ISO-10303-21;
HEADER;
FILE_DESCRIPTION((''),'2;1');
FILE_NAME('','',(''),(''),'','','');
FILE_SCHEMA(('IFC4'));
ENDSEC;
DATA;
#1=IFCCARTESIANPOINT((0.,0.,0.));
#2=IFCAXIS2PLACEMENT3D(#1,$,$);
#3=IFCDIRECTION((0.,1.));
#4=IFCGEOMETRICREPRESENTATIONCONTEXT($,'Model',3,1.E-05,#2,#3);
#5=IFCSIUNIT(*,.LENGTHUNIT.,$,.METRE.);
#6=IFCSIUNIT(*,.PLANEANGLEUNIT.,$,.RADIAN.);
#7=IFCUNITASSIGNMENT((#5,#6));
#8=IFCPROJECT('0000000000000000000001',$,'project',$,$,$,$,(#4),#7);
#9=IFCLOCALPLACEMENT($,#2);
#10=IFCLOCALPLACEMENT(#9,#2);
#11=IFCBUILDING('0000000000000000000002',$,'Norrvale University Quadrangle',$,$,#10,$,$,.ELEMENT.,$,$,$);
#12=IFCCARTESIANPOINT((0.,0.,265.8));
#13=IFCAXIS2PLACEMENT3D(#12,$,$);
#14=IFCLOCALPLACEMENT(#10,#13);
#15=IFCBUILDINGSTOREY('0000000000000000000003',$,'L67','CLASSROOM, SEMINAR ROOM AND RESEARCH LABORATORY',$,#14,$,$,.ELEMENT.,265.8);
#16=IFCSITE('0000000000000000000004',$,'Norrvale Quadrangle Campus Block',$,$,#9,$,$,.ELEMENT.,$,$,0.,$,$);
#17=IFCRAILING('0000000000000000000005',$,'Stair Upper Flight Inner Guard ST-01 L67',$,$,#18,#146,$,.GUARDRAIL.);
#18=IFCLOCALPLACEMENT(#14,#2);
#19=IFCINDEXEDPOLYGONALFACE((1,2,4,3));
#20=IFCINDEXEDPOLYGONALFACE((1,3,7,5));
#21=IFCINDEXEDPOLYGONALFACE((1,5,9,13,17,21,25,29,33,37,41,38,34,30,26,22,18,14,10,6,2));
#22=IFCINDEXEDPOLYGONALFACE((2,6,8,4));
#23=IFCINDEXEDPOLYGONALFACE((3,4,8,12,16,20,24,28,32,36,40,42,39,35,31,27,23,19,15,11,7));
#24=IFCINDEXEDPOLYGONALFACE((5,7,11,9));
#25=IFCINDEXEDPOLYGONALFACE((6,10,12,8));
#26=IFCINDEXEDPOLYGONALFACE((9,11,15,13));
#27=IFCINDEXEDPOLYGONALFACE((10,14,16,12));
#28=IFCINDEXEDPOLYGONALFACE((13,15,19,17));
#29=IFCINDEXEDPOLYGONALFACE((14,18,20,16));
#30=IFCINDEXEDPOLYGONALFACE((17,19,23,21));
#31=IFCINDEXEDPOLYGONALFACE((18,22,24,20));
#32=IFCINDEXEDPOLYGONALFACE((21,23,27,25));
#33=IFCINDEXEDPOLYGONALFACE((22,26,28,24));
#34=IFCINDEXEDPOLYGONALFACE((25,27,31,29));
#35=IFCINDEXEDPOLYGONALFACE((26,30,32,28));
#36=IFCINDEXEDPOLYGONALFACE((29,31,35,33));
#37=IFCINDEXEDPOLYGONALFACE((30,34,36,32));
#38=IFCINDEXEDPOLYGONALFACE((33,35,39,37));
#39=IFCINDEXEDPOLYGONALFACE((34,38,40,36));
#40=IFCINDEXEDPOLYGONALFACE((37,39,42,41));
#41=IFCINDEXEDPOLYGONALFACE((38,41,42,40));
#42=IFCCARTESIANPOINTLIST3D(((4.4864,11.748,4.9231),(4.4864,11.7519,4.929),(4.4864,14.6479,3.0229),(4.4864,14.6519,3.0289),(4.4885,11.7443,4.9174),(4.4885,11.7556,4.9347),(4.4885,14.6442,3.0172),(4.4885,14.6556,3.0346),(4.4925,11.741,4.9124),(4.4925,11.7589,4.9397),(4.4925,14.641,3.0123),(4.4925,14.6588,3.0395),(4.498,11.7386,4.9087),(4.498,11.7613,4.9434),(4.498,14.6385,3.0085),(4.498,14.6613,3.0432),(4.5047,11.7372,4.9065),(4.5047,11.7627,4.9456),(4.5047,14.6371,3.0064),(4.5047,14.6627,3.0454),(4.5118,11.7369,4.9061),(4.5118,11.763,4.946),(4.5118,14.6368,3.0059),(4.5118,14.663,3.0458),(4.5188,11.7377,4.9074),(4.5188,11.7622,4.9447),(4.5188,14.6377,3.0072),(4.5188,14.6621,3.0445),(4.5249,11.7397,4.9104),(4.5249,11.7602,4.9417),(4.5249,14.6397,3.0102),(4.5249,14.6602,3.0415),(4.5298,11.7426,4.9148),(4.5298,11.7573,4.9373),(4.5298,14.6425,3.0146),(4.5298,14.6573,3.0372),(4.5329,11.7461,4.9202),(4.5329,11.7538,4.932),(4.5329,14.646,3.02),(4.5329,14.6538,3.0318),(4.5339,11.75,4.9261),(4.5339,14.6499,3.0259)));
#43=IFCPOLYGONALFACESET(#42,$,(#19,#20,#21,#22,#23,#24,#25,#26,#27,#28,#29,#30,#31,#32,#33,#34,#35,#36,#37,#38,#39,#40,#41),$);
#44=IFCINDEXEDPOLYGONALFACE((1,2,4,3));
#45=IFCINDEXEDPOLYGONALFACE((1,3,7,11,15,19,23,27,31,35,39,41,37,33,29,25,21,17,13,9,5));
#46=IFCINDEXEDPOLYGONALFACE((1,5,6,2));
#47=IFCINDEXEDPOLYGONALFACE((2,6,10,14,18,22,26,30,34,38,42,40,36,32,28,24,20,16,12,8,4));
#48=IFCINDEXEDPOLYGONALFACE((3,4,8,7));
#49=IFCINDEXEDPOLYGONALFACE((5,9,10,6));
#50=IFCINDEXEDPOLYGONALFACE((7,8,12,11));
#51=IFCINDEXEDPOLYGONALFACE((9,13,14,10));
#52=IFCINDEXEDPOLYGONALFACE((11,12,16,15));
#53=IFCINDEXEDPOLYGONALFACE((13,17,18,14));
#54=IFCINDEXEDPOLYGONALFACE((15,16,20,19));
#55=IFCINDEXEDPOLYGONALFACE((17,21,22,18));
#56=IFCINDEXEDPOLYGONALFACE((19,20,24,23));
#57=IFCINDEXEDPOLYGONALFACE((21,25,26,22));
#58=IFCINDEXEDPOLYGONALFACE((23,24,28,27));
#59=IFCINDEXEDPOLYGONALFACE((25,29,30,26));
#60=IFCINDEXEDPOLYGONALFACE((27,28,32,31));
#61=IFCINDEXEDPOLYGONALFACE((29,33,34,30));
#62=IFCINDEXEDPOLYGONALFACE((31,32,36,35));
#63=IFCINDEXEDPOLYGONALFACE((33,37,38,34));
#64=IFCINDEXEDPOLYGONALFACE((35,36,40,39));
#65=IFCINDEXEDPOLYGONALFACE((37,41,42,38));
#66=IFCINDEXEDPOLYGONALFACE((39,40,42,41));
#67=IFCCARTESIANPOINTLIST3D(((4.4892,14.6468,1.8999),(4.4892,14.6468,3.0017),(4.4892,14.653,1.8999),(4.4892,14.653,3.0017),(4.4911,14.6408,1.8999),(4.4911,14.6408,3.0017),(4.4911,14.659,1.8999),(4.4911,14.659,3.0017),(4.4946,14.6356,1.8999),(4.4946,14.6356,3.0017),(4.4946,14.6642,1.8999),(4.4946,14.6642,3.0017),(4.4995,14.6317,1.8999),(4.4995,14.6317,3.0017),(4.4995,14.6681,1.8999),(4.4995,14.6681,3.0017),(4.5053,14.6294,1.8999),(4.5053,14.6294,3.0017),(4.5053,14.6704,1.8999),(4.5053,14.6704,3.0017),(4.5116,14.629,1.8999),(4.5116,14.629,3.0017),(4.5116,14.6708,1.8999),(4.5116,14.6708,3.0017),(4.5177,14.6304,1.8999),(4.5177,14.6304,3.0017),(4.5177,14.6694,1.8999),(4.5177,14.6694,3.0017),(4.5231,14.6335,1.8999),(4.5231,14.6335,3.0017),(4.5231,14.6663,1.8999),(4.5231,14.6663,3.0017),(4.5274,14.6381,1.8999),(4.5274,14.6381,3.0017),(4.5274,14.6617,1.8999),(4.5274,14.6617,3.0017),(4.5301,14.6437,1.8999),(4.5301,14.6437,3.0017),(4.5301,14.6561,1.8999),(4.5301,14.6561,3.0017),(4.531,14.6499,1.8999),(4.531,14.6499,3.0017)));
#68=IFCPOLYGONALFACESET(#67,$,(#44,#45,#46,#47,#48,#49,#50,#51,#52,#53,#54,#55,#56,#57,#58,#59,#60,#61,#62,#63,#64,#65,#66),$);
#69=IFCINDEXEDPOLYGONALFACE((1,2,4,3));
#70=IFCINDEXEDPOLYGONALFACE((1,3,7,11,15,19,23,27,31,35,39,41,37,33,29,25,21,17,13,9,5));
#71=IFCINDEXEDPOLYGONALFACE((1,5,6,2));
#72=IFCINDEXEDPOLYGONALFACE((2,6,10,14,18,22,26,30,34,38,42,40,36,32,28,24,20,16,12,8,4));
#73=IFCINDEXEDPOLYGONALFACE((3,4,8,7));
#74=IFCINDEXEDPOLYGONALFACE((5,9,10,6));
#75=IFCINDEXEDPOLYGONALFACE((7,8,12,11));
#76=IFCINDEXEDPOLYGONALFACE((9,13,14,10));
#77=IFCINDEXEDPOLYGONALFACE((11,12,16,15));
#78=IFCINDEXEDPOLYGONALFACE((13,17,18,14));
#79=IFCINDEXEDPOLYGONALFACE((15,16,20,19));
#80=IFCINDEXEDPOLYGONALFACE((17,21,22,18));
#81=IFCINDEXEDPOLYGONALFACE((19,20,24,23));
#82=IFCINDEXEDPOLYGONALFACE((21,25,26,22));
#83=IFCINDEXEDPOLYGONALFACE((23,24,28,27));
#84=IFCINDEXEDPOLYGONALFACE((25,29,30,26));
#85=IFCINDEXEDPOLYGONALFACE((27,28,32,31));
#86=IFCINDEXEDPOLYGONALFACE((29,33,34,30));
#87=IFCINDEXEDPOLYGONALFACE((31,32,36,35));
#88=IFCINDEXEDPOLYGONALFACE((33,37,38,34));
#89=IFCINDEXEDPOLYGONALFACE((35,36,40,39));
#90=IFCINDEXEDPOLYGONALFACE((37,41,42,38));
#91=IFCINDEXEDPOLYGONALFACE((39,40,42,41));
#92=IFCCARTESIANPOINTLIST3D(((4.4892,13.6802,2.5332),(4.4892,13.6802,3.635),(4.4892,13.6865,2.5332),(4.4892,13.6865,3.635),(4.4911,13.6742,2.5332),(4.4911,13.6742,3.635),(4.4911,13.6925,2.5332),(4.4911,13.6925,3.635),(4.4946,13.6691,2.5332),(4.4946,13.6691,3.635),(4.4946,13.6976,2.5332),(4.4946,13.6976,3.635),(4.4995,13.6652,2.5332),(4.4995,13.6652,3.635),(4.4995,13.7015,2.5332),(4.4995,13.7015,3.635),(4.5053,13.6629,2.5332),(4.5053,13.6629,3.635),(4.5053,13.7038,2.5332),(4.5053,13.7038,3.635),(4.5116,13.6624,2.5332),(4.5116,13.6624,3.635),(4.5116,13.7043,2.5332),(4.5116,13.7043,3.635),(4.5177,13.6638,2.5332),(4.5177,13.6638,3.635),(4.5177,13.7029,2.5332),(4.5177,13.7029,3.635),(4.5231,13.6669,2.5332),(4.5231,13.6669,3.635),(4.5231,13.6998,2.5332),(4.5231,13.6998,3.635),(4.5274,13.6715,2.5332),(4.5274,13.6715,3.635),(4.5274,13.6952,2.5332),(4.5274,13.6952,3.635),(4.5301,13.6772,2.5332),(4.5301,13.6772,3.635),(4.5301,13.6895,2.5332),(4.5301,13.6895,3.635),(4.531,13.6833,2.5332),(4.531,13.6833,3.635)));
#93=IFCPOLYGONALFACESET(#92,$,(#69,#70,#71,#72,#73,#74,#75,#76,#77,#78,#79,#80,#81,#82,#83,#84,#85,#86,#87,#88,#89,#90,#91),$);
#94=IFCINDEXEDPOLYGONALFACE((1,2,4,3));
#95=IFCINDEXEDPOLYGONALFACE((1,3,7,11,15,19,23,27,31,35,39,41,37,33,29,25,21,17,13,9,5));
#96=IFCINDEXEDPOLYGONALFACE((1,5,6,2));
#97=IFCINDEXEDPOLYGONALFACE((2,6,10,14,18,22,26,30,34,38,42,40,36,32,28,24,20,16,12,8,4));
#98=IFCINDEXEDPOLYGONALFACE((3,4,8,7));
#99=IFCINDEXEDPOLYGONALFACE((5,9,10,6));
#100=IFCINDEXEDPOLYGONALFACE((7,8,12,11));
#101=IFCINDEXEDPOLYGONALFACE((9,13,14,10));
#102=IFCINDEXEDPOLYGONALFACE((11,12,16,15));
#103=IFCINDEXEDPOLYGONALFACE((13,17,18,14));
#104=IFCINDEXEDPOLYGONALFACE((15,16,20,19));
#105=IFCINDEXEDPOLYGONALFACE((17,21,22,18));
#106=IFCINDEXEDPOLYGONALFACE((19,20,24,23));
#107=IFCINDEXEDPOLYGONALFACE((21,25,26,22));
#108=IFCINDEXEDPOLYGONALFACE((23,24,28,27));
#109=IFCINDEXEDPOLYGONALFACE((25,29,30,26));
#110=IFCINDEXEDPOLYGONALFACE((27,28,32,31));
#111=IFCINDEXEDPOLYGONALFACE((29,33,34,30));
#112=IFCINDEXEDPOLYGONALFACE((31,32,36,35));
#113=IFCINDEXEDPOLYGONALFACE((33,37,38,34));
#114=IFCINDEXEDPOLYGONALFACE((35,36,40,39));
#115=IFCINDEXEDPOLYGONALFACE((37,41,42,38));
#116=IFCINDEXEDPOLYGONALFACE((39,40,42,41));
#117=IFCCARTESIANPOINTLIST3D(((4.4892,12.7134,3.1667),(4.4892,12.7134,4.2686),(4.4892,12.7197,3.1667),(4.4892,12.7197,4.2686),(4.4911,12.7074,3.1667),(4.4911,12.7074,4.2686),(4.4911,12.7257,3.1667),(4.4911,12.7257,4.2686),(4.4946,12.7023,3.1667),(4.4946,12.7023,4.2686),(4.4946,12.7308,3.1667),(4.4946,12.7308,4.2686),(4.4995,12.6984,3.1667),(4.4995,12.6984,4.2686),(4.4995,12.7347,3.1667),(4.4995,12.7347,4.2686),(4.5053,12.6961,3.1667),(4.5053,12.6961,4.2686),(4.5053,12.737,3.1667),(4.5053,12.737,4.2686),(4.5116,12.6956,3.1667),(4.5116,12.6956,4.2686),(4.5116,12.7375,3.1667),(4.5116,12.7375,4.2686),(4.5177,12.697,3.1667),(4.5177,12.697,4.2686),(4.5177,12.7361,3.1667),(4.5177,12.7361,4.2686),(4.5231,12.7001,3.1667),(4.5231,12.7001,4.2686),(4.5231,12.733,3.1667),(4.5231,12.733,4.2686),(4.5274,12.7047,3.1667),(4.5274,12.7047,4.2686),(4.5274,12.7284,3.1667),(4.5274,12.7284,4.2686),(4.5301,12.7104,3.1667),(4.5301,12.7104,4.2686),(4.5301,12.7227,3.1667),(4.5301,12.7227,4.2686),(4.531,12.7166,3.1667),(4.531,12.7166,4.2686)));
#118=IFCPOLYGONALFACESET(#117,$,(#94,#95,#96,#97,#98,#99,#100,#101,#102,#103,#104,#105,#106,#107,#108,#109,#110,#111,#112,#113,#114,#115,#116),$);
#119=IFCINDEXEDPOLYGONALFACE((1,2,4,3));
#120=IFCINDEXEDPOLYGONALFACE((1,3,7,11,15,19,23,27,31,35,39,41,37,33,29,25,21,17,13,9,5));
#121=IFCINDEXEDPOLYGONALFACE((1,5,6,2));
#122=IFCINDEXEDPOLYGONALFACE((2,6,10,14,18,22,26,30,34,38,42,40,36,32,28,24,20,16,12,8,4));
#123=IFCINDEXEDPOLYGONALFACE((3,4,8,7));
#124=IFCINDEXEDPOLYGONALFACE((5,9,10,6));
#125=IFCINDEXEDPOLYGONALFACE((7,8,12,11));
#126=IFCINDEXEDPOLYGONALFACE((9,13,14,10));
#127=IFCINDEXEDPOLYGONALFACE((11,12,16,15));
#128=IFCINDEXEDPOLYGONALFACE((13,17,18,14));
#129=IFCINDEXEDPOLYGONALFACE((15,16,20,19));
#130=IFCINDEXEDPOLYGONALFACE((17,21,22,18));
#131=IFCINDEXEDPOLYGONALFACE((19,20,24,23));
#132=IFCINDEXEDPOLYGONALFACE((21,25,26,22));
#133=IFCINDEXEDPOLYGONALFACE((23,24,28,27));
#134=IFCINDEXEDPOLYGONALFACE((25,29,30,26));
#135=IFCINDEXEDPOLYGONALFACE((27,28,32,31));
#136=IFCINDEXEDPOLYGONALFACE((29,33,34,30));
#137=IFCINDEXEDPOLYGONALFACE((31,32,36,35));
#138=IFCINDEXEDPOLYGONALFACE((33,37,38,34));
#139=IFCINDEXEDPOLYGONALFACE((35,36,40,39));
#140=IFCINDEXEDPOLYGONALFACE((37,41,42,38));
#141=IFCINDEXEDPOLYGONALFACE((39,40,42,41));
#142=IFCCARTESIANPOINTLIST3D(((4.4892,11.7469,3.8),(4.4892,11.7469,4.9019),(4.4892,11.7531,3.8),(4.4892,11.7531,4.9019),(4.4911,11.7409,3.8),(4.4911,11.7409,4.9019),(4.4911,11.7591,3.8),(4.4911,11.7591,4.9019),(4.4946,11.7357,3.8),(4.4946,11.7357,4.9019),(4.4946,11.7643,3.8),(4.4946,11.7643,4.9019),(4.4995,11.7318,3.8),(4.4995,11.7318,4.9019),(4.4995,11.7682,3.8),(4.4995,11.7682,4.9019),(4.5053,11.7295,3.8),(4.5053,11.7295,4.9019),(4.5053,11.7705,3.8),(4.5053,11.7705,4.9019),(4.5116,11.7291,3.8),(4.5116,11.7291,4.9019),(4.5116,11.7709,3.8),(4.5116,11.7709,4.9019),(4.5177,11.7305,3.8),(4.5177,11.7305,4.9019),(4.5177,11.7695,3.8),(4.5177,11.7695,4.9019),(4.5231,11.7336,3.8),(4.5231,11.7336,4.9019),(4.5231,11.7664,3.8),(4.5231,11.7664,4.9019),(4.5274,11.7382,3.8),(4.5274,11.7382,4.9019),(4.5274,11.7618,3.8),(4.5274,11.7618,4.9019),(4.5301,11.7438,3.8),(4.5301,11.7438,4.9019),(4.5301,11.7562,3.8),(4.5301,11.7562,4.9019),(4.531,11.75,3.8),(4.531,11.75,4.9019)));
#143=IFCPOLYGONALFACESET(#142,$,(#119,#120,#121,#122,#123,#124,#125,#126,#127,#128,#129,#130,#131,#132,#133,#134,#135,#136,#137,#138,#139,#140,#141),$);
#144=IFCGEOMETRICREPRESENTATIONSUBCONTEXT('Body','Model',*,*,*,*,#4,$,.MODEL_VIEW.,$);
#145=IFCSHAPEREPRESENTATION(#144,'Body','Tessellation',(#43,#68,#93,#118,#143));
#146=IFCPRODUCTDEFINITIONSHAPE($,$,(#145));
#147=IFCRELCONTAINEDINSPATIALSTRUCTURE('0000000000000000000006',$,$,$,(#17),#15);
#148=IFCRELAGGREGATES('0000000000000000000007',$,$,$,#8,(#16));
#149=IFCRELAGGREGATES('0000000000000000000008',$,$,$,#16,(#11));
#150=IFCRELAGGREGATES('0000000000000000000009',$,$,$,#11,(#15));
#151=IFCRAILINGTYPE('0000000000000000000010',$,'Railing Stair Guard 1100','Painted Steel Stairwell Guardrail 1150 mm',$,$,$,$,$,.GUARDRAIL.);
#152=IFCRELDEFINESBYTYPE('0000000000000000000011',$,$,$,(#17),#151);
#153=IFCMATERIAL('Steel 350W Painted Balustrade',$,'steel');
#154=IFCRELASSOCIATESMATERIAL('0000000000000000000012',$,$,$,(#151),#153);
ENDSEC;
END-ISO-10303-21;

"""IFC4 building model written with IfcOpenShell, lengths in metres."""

from ifc_helpers import new_model, si_unit, direction, frame, origin, origin_2d, place, context, subcontext, project, spatial, circle, extrude, material, type_object, element, save


model = new_model("IFC4")

# Units and contexts
model_context = context("Model", 3, precision=1e-05, world=origin(), true_north=direction((0.0, 1.0)))
body_context = subcontext(model_context, "Body", "Model", "MODEL_VIEW")
ifc_project = project(units=[si_unit("LENGTHUNIT", "METRE"), si_unit("PLANEANGLEUNIT", "RADIAN")], contexts=[model_context])

# Site, building, storey
site_placement = place(None, origin())
site = spatial("IfcSite", under=ifc_project, at=site_placement, Name="Norrvale Quadrangle Campus Block", CompositionType="ELEMENT", RefElevation=0.0)
building_placement = place(site_placement, origin())
building = spatial("IfcBuilding", under=site, at=building_placement, Name="Norrvale University Quadrangle", CompositionType="ELEMENT")
storey_placement = place(building_placement, frame((0.0, 0.0, 265.8)))
storey = spatial("IfcBuildingStorey", under=building, at=storey_placement, Name="L67", Description="CLASSROOM, SEMINAR ROOM AND RESEARCH LABORATORY", CompositionType="ELEMENT", Elevation=265.8)

# Railing
ifc_material_1 = material(Name="Steel 350W Painted Balustrade", Category="steel")
railing_type_1 = type_object("IfcRailingType", Name="Railing Stair Guard 1100", Description="Painted Steel Stairwell Guardrail 1150 mm", PredefinedType="GUARDRAIL", material=ifc_material_1)
railing_1_placement = place(storey_placement, frame((4.51, 14.6499, 1.8999)))
element("IfcRailing", 1, at=railing_1_placement, inside=storey, type_object=railing_type_1, Name="Stair Upper Flight Inner Guard ST-01 L67", PredefinedType="GUARDRAIL", context=body_context, shape_type="SweptSolid", body=[
    extrude(circle(Radius=0.0239, at=origin_2d()), frame((0.0, 0.0, 1.126), z_axis=(0.0, -0.836433, 0.548069), x_axis=(1.0, 0.0, 0.0)), (0.0, 0.0, 1.0), 3.467),
    extrude(circle(Radius=0.021, at=origin_2d()), origin(), (0.0, 0.0, 1.0), 1.1018),
    extrude(circle(Radius=0.021, at=origin_2d()), frame((0.0, -0.9666, 0.6333)), (0.0, 0.0, 1.0), 1.1018),
    extrude(circle(Radius=0.021, at=origin_2d()), frame((0.0, -1.9333, 1.2668)), (0.0, 0.0, 1.0), 1.1018),
    extrude(circle(Radius=0.021, at=origin_2d()), frame((0.0, -2.8999, 1.9001)), (0.0, 0.0, 1.0), 1.1018),
])

save(model, "model.ifc")
